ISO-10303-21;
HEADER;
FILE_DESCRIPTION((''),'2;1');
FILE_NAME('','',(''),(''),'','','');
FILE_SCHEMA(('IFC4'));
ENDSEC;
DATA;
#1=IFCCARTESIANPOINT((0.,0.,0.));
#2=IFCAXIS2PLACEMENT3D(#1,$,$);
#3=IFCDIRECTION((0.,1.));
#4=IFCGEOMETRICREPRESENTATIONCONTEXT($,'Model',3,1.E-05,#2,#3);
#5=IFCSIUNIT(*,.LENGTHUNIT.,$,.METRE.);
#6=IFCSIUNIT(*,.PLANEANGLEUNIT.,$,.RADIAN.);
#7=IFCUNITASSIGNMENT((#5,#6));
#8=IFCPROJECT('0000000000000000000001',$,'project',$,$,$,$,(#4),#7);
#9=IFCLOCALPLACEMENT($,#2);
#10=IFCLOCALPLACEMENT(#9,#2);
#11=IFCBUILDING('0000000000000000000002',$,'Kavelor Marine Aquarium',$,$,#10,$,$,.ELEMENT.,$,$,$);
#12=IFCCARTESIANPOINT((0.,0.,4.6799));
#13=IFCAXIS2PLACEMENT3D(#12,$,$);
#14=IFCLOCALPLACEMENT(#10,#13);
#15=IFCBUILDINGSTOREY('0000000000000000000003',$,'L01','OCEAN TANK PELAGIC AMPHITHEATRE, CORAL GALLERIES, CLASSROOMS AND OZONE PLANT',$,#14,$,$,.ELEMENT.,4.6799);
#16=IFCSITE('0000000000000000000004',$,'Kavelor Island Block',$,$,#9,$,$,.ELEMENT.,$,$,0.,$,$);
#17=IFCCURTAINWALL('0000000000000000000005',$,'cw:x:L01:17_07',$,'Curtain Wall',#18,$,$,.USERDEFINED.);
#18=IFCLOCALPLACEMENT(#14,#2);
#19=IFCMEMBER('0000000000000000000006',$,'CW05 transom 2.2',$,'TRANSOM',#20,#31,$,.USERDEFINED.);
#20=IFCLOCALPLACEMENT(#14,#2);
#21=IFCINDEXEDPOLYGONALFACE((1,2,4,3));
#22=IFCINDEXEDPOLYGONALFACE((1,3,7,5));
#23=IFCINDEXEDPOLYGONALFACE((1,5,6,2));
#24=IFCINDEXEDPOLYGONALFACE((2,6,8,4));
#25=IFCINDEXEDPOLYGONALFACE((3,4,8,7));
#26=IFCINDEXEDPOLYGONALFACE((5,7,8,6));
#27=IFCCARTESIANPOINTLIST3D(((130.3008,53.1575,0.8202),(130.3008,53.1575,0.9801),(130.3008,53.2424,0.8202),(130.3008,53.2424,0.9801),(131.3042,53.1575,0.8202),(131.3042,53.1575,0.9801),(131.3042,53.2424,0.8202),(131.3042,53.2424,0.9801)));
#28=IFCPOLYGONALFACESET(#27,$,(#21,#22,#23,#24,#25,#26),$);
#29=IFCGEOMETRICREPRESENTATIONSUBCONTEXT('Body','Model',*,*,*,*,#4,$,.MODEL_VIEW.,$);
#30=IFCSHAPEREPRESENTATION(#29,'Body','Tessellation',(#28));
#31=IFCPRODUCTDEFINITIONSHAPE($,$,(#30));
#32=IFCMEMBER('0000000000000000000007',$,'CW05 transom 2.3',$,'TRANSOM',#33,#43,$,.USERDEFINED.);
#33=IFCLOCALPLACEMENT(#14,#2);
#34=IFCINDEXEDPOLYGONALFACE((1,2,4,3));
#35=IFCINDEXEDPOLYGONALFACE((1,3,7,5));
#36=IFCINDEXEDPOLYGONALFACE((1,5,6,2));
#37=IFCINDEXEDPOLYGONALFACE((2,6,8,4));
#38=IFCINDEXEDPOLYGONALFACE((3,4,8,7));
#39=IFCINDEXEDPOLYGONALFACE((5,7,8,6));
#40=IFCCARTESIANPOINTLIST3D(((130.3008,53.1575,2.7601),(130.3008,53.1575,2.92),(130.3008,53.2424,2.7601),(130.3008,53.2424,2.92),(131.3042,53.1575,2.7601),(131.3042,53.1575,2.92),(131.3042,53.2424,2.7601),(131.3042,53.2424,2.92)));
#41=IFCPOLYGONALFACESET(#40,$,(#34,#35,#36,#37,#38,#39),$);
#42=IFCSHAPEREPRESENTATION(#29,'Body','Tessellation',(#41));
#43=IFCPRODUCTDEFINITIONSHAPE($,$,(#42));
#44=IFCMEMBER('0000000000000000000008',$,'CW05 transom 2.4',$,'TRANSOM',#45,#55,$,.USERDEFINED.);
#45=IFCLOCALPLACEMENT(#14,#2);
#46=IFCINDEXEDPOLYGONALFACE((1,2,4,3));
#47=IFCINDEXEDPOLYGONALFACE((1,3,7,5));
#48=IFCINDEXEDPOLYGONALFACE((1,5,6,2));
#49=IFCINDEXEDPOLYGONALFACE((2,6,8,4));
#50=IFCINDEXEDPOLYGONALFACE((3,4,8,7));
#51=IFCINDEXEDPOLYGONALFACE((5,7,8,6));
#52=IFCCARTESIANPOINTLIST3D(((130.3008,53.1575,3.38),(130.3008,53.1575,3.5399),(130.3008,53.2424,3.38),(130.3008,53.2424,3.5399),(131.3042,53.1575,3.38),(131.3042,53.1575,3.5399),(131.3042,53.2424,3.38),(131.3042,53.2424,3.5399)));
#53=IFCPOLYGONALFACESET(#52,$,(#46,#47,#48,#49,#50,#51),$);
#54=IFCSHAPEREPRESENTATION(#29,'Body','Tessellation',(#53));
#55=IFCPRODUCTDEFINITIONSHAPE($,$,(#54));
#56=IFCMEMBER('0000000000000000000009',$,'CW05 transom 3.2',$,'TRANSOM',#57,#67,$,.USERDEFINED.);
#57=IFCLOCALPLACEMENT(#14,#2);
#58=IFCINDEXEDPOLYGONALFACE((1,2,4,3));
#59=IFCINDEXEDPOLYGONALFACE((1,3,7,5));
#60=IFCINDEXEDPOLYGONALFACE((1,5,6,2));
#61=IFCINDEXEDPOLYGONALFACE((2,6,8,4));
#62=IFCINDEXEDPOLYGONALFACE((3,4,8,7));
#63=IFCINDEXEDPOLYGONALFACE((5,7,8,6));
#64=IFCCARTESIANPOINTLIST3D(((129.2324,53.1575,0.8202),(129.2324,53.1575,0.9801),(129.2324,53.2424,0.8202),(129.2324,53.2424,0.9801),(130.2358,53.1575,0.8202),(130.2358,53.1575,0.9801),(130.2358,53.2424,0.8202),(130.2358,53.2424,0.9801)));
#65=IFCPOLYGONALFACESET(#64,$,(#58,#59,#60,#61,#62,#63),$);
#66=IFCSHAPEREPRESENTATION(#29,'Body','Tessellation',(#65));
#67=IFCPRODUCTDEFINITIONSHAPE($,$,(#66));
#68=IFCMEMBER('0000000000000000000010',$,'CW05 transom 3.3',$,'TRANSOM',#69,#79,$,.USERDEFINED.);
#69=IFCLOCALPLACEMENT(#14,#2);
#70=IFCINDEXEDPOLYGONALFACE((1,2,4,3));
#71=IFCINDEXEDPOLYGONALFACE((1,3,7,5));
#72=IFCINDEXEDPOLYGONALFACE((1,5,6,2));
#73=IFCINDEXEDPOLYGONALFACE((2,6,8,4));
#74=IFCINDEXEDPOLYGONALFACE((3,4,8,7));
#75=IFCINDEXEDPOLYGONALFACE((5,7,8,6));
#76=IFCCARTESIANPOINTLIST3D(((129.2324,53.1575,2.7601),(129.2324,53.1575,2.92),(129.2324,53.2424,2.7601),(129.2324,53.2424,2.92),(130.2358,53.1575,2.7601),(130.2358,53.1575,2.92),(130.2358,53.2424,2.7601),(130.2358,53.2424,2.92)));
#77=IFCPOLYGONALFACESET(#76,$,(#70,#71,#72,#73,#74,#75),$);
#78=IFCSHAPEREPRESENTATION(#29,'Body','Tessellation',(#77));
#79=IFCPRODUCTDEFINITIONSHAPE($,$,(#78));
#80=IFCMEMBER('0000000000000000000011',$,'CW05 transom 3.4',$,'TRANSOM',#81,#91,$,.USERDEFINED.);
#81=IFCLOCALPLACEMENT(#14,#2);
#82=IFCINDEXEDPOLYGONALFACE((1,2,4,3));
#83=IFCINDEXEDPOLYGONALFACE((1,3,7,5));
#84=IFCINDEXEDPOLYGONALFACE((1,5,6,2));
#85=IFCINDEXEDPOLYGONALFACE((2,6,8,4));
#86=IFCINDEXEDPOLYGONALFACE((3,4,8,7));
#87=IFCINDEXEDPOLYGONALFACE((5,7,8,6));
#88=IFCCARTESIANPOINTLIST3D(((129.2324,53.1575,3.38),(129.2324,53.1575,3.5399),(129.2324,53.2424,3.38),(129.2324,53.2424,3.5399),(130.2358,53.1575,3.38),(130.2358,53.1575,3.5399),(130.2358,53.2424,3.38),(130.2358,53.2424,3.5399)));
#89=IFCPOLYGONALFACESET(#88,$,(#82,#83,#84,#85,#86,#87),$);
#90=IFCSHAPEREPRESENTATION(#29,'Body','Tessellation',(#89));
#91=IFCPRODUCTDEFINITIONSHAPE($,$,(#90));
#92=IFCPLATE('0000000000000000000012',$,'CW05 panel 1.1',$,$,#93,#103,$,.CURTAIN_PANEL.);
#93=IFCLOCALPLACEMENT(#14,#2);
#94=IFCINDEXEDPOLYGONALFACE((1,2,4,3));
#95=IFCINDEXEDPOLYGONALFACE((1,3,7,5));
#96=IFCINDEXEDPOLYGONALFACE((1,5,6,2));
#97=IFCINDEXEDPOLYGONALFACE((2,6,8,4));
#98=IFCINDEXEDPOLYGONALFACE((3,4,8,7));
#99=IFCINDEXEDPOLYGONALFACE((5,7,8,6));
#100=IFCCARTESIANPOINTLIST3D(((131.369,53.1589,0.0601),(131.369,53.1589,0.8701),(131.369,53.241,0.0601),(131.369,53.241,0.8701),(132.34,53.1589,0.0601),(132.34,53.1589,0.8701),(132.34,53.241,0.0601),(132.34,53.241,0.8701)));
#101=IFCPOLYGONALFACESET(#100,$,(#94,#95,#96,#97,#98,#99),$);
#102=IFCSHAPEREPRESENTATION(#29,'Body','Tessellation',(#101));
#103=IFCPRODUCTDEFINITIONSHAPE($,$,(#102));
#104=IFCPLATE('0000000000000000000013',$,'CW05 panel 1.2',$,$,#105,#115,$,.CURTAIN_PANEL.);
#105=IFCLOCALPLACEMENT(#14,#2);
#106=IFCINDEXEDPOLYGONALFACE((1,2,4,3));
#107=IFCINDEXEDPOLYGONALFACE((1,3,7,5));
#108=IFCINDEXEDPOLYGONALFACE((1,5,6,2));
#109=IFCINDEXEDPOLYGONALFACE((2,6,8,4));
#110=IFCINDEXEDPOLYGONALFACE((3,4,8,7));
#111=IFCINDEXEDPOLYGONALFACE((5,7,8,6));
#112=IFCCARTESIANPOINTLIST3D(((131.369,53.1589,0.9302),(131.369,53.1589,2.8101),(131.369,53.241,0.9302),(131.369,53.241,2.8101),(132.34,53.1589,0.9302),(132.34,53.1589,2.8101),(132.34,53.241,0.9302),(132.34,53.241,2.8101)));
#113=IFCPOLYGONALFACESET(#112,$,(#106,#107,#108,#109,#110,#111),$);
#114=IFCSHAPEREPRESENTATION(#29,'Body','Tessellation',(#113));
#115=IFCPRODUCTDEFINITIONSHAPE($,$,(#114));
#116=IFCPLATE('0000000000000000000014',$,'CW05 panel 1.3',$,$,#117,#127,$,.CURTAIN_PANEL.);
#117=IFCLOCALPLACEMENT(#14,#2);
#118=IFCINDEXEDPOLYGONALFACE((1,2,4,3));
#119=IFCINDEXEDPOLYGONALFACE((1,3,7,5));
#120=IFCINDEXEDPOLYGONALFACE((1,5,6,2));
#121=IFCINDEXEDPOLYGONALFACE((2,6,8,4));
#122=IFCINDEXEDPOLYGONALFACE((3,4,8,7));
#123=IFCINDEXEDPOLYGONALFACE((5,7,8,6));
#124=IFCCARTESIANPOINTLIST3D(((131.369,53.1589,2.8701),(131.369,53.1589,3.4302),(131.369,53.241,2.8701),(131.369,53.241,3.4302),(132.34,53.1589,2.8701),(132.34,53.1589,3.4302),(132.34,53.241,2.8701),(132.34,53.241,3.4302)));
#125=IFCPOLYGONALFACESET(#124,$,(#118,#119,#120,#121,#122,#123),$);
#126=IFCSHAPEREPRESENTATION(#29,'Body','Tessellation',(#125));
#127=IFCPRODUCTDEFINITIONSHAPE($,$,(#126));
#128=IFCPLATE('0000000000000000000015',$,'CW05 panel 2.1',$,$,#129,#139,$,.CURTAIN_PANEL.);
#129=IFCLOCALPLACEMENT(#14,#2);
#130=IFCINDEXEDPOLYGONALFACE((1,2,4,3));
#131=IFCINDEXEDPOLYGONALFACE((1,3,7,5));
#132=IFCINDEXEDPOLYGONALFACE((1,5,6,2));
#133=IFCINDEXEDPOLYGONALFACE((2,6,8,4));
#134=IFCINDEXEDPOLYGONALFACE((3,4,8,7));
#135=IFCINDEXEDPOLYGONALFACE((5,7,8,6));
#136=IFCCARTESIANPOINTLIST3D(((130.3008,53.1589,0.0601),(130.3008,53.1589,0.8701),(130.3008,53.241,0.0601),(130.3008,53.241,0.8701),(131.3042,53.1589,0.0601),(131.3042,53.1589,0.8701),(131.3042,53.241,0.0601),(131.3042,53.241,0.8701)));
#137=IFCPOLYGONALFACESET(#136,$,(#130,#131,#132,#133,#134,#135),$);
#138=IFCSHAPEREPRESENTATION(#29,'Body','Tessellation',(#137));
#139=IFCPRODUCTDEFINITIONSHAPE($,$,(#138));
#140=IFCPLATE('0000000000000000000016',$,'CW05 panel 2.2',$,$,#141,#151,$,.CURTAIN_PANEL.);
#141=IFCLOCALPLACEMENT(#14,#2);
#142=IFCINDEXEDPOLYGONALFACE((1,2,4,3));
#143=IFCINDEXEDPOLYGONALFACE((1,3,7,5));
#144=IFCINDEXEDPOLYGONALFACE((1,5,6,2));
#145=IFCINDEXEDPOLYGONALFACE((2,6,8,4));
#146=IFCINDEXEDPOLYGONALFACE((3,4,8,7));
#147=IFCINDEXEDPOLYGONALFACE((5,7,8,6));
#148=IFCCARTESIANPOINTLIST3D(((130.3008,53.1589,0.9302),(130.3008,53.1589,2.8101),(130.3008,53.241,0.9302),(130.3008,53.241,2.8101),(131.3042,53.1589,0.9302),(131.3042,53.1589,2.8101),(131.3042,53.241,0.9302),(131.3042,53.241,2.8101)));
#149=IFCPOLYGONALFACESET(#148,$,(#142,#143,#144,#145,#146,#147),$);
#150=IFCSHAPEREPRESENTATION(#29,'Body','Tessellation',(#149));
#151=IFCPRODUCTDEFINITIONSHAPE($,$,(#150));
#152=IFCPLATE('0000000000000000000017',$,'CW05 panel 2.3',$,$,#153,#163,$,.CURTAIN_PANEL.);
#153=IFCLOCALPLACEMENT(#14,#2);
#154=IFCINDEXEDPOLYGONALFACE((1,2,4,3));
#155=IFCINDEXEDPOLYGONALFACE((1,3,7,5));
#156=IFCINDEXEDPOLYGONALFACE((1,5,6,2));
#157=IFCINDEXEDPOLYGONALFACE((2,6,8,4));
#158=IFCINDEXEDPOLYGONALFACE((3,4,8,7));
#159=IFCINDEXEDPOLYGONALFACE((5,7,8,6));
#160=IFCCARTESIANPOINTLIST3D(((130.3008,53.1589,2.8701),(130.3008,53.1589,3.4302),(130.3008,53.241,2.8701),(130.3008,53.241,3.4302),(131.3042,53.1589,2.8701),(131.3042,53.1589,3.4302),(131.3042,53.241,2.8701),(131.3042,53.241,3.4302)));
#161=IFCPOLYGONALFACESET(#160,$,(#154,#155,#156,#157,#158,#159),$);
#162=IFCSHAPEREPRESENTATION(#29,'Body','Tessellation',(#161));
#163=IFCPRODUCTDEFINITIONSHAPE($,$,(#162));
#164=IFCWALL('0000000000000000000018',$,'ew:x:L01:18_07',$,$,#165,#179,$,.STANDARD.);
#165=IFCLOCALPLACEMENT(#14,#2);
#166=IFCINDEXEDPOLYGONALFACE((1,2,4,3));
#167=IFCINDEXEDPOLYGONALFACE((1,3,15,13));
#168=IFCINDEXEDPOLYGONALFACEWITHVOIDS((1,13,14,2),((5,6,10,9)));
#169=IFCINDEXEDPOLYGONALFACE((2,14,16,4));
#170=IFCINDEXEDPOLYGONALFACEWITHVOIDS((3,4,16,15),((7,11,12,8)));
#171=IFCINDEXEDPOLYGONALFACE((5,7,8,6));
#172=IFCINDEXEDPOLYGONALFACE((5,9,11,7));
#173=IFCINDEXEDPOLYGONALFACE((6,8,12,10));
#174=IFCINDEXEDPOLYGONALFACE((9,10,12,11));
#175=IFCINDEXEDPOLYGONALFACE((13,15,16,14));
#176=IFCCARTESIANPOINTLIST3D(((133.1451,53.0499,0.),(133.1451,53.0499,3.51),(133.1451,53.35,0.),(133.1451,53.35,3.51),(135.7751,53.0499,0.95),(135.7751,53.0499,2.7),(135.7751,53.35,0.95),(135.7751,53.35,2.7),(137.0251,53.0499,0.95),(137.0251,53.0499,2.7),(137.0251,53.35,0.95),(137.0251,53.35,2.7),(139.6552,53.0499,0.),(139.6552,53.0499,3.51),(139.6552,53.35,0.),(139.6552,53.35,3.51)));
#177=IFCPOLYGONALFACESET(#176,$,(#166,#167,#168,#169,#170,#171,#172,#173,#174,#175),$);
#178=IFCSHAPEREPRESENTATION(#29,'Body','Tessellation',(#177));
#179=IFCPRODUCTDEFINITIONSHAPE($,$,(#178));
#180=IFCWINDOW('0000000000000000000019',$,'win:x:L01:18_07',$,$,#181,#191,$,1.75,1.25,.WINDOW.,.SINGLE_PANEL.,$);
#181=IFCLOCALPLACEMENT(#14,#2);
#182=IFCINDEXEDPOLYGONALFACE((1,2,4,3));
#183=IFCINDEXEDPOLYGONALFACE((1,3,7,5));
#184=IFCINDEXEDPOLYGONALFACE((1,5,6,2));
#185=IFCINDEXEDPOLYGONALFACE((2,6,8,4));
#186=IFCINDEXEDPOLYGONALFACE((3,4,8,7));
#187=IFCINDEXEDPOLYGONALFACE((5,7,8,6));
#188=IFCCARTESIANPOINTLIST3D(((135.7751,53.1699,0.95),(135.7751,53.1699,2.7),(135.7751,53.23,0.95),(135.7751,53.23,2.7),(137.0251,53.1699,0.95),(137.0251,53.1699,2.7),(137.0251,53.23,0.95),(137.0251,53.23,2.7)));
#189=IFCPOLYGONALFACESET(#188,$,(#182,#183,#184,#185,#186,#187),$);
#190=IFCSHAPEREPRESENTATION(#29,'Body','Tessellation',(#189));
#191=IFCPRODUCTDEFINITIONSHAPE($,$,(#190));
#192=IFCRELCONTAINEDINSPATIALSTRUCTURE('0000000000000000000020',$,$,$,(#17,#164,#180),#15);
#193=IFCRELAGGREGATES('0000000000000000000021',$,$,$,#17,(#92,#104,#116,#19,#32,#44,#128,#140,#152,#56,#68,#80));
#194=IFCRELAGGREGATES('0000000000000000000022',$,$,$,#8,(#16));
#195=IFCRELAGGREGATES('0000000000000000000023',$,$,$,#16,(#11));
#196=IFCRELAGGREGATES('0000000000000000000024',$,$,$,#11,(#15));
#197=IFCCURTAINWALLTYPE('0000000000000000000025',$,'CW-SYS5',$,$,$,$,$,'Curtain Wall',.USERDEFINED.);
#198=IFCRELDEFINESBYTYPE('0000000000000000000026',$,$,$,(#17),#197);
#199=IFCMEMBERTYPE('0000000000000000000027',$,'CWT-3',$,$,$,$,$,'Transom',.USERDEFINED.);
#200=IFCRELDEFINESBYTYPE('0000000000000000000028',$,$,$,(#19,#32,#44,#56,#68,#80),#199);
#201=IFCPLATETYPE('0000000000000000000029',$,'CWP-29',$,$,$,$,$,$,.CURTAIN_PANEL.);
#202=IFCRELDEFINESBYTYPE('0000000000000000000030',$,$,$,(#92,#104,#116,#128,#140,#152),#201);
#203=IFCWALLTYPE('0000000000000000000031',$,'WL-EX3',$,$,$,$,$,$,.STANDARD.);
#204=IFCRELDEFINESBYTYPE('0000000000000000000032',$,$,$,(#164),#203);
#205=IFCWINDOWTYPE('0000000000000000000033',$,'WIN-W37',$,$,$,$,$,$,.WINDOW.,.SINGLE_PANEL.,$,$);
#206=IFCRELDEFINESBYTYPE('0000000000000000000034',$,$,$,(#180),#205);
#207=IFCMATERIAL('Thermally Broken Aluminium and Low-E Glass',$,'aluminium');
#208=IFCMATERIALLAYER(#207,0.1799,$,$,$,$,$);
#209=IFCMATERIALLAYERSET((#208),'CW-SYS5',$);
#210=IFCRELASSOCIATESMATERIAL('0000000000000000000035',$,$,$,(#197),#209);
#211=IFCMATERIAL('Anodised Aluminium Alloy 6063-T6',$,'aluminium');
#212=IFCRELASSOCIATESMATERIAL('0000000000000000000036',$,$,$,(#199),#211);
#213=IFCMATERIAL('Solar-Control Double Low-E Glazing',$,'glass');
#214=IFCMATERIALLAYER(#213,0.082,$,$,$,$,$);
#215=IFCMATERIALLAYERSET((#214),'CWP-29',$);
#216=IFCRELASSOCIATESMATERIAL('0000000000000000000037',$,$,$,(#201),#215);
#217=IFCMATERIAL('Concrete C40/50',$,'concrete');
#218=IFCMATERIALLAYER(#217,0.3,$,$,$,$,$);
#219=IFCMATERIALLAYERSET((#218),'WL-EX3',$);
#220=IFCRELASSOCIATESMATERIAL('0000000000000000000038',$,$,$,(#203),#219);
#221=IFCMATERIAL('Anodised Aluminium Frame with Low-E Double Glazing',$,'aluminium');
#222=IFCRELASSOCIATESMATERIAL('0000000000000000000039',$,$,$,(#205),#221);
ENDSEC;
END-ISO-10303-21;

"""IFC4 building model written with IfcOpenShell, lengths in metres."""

from ifc_helpers import new_model, si_unit, direction, frame, frame_2d, origin, origin_2d, place, context, subcontext, project, spatial, rectangle, extrude, material, layer, layer_set, material_profile, profile_set, type_object, element, fill, aggregate, save


model = new_model("IFC4")

# Units and contexts
model_context = context("Model", 3, precision=1e-05, world=origin(), true_north=direction((0.0, 1.0)))
body_context = subcontext(model_context, "Body", "Model", "MODEL_VIEW")
ifc_project = project(units=[si_unit("LENGTHUNIT", "METRE"), si_unit("PLANEANGLEUNIT", "RADIAN")], contexts=[model_context])

# Site, building, storey
site_placement = place(None, origin())
site = spatial("IfcSite", under=ifc_project, at=site_placement, Name="Kavelor Island Block", CompositionType="ELEMENT", RefElevation=0.0)
building_placement = place(site_placement, origin())
building = spatial("IfcBuilding", under=site, at=building_placement, Name="Kavelor Marine Aquarium", CompositionType="ELEMENT")
storey_placement = place(building_placement, frame((0.0, 0.0, 4.6799)))
storey = spatial("IfcBuildingStorey", under=building, at=storey_placement, Name="L01", Description="OCEAN TANK PELAGIC AMPHITHEATRE, CORAL GALLERIES, CLASSROOMS AND OZONE PLANT", CompositionType="ELEMENT", Elevation=4.6799)

# Curtain wall, members, plates
ifc_material_1 = material(Name="Thermally Broken Aluminium and Low-E Glass", Category="aluminium")
ifc_layer_1 = layer(ifc_material_1, 0.1799)
ifc_layer_set_1 = layer_set([ifc_layer_1], Name="CW-SYS5")
curtain_wall_type = type_object("IfcCurtainWallType", Name="CW-SYS5", ElementType="Curtain Wall", PredefinedType="USERDEFINED", material=ifc_layer_set_1)
curtain_wall_placement = place(storey_placement, origin())
curtain_wall = element("IfcCurtainWall", 1, at=curtain_wall_placement, inside=storey, type_object=curtain_wall_type, Name="cw:x:L01:17_07", ObjectType="Curtain Wall", PredefinedType="USERDEFINED")
ifc_material_2 = material(Name="Anodised Aluminium Alloy 6063-T6", Category="aluminium")
ifc_material_profile_1 = material_profile(ifc_material_2, rectangle(XDim=0.085, YDim=0.1599, at=origin_2d()), Name="CW-TRN 85x160")
ifc_profile_set_1 = profile_set([ifc_material_profile_1], Name="Anodised Aluminium Alloy 6063-T6")
member_type_1 = type_object("IfcMemberType", Name="CWT-3", ElementType="Transom", PredefinedType="USERDEFINED", material=ifc_profile_set_1)
member_1_placement = place(storey_placement, frame((131.3042, 53.2, 0.9001), z_axis=(-1.0, 0.0, 0.0), x_axis=(0.0, -1.0, 0.0)))
member_1 = element("IfcMember", 2, at=member_1_placement, type_object=member_type_1, Name="CW05 transom 2.2", ObjectType="TRANSOM", PredefinedType="USERDEFINED", context=body_context, shape_type="SweptSolid", body=[
    extrude(rectangle(XDim=0.085, YDim=0.1599, at=origin_2d()), origin(), (0.0, 0.0, 1.0), 1.0034),
])
member_2_placement = place(storey_placement, frame((131.3042, 53.2, 2.8401), z_axis=(-1.0, 0.0, 0.0), x_axis=(0.0, -1.0, 0.0)))
member_2 = element("IfcMember", 3, at=member_2_placement, type_object=member_type_1, Name="CW05 transom 2.3", ObjectType="TRANSOM", PredefinedType="USERDEFINED", context=body_context, shape_type="SweptSolid", body=[
    extrude(rectangle(XDim=0.085, YDim=0.1599, at=origin_2d()), origin(), (0.0, 0.0, 1.0), 1.0034),
])
member_3_placement = place(storey_placement, frame((131.3042, 53.2, 3.46), z_axis=(-1.0, 0.0, 0.0), x_axis=(0.0, -1.0, 0.0)))
member_3 = element("IfcMember", 4, at=member_3_placement, type_object=member_type_1, Name="CW05 transom 2.4", ObjectType="TRANSOM", PredefinedType="USERDEFINED", context=body_context, shape_type="SweptSolid", body=[
    extrude(rectangle(XDim=0.085, YDim=0.1599, at=origin_2d()), origin(), (0.0, 0.0, 1.0), 1.0034),
])
member_4_placement = place(storey_placement, frame((130.2358, 53.2, 0.9001), z_axis=(-1.0, 0.0, 0.0), x_axis=(0.0, -1.0, 0.0)))
member_4 = element("IfcMember", 5, at=member_4_placement, type_object=member_type_1, Name="CW05 transom 3.2", ObjectType="TRANSOM", PredefinedType="USERDEFINED", context=body_context, shape_type="SweptSolid", body=[
    extrude(rectangle(XDim=0.085, YDim=0.1599, at=origin_2d()), origin(), (0.0, 0.0, 1.0), 1.0034),
])
member_5_placement = place(storey_placement, frame((130.2358, 53.2, 2.8401), z_axis=(-1.0, 0.0, 0.0), x_axis=(0.0, -1.0, 0.0)))
member_5 = element("IfcMember", 6, at=member_5_placement, type_object=member_type_1, Name="CW05 transom 3.3", ObjectType="TRANSOM", PredefinedType="USERDEFINED", context=body_context, shape_type="SweptSolid", body=[
    extrude(rectangle(XDim=0.085, YDim=0.1599, at=origin_2d()), origin(), (0.0, 0.0, 1.0), 1.0034),
])
member_6_placement = place(storey_placement, frame((130.2358, 53.2, 3.46), z_axis=(-1.0, 0.0, 0.0), x_axis=(0.0, -1.0, 0.0)))
member_6 = element("IfcMember", 7, at=member_6_placement, type_object=member_type_1, Name="CW05 transom 3.4", ObjectType="TRANSOM", PredefinedType="USERDEFINED", context=body_context, shape_type="SweptSolid", body=[
    extrude(rectangle(XDim=0.085, YDim=0.1599, at=origin_2d()), origin(), (0.0, 0.0, 1.0), 1.0034),
])
ifc_material_3 = material(Name="Solar-Control Double Low-E Glazing", Category="glass")
ifc_layer_2 = layer(ifc_material_3, 0.082)
ifc_layer_set_2 = layer_set([ifc_layer_2], Name="CWP-29")
plate_type = type_object("IfcPlateType", Name="CWP-29", PredefinedType="CURTAIN_PANEL", material=ifc_layer_set_2)
plate_1_placement = place(storey_placement, frame((131.8545, 53.2, 0.0601), z_axis=(0.0, 0.0, 1.0), x_axis=(-1.0, 0.0, 0.0)))
plate_1 = element("IfcPlate", 8, at=plate_1_placement, type_object=plate_type, Name="CW05 panel 1.1", PredefinedType="CURTAIN_PANEL", context=body_context, shape_type="SweptSolid", body=[
    extrude(rectangle(XDim=0.9709, YDim=0.082, at=origin_2d()), origin(), (0.0, 0.0, 1.0), 0.8101),
])
plate_2_placement = place(storey_placement, frame((131.8545, 53.2, 0.9302), z_axis=(0.0, 0.0, 1.0), x_axis=(-1.0, 0.0, 0.0)))
plate_2 = element("IfcPlate", 9, at=plate_2_placement, type_object=plate_type, Name="CW05 panel 1.2", PredefinedType="CURTAIN_PANEL", context=body_context, shape_type="SweptSolid", body=[
    extrude(rectangle(XDim=0.9709, YDim=0.082, at=origin_2d()), origin(), (0.0, 0.0, 1.0), 1.8799),
])
plate_3_placement = place(storey_placement, frame((131.8545, 53.2, 2.8701), z_axis=(0.0, 0.0, 1.0), x_axis=(-1.0, 0.0, 0.0)))
plate_3 = element("IfcPlate", 10, at=plate_3_placement, type_object=plate_type, Name="CW05 panel 1.3", PredefinedType="CURTAIN_PANEL", context=body_context, shape_type="SweptSolid", body=[
    extrude(rectangle(XDim=0.9709, YDim=0.082, at=origin_2d()), origin(), (0.0, 0.0, 1.0), 0.5601),
])
plate_4_placement = place(storey_placement, frame((130.8025, 53.2, 0.0601), z_axis=(0.0, 0.0, 1.0), x_axis=(-1.0, 0.0, 0.0)))
plate_4 = element("IfcPlate", 11, at=plate_4_placement, type_object=plate_type, Name="CW05 panel 2.1", PredefinedType="CURTAIN_PANEL", context=body_context, shape_type="SweptSolid", body=[
    extrude(rectangle(XDim=1.0034, YDim=0.082, at=origin_2d()), origin(), (0.0, 0.0, 1.0), 0.8101),
])
plate_5_placement = place(storey_placement, frame((130.8025, 53.2, 0.9302), z_axis=(0.0, 0.0, 1.0), x_axis=(-1.0, 0.0, 0.0)))
plate_5 = element("IfcPlate", 12, at=plate_5_placement, type_object=plate_type, Name="CW05 panel 2.2", PredefinedType="CURTAIN_PANEL", context=body_context, shape_type="SweptSolid", body=[
    extrude(rectangle(XDim=1.0034, YDim=0.082, at=origin_2d()), origin(), (0.0, 0.0, 1.0), 1.8799),
])
plate_6_placement = place(storey_placement, frame((130.8025, 53.2, 2.8701), z_axis=(0.0, 0.0, 1.0), x_axis=(-1.0, 0.0, 0.0)))
plate_6 = element("IfcPlate", 13, at=plate_6_placement, type_object=plate_type, Name="CW05 panel 2.3", PredefinedType="CURTAIN_PANEL", context=body_context, shape_type="SweptSolid", body=[
    extrude(rectangle(XDim=1.0034, YDim=0.082, at=origin_2d()), origin(), (0.0, 0.0, 1.0), 0.5601),
])
aggregate(curtain_wall, [plate_1, plate_2, plate_3, member_1, member_2, member_3, plate_4, plate_5, plate_6, member_4, member_5, member_6])

# Wall, opening, window
ifc_material_4 = material(Name="Concrete C40/50", Category="concrete")
ifc_layer_3 = layer(ifc_material_4, 0.3)
ifc_layer_set_3 = layer_set([ifc_layer_3], Name="WL-EX3")
wall_type_1 = type_object("IfcWallType", Name="WL-EX3", PredefinedType="STANDARD", material=ifc_layer_set_3)
wall_1_placement = place(storey_placement, frame((139.655, 53.2, 0.0), z_axis=(0.0, 0.0, 1.0), x_axis=(-1.0, 0.0, 0.0)))
wall_1 = element("IfcWall", 14, at=wall_1_placement, inside=storey, type_object=wall_type_1, Name="ew:x:L01:18_07", PredefinedType="STANDARD", context=body_context, shape_type="SweptSolid", body=[
    extrude(rectangle(XDim=6.51, YDim=0.3, at=frame_2d((3.2549, 0.0))), origin(), (0.0, 0.0, 1.0), 3.51),
])
opening_1_placement = place(wall_1_placement, frame((2.6299, 0.0, 0.95)))
opening_1 = element("IfcOpeningElement", 15, at=opening_1_placement, cuts=wall_1, PredefinedType="OPENING", context=body_context, shape_type="SweptSolid", body=[
    extrude(rectangle(XDim=1.25, YDim=1.75, at=frame_2d((0.625, 0.875))), frame((0.0, 0.1599, 0.0), z_axis=(0.0, -1.0, 0.0), x_axis=(1.0, 0.0, 0.0)), (0.0, 0.0, 1.0), 0.32),
])
ifc_material_5 = material(Name="Anodised Aluminium Frame with Low-E Double Glazing", Category="aluminium")
window_type = type_object("IfcWindowType", Name="WIN-W37", PartitioningType="SINGLE_PANEL", PredefinedType="WINDOW", material=ifc_material_5)
window_placement = place(opening_1_placement, origin())
window = element("IfcWindow", 16, at=window_placement, inside=storey, type_object=window_type, Name="win:x:L01:18_07", OverallHeight=1.75, OverallWidth=1.25, PartitioningType="SINGLE_PANEL", PredefinedType="WINDOW", context=body_context, shape_type="SweptSolid", body=[
    extrude(rectangle(XDim=1.25, YDim=1.75, at=frame_2d((0.625, 0.875))), frame((0.0, 0.03, 0.0), z_axis=(0.0, -1.0, 0.0), x_axis=(1.0, 0.0, 0.0)), (0.0, 0.0, 1.0), 0.0601),
])
fill(opening_1, window)

save(model, "model.ifc")
